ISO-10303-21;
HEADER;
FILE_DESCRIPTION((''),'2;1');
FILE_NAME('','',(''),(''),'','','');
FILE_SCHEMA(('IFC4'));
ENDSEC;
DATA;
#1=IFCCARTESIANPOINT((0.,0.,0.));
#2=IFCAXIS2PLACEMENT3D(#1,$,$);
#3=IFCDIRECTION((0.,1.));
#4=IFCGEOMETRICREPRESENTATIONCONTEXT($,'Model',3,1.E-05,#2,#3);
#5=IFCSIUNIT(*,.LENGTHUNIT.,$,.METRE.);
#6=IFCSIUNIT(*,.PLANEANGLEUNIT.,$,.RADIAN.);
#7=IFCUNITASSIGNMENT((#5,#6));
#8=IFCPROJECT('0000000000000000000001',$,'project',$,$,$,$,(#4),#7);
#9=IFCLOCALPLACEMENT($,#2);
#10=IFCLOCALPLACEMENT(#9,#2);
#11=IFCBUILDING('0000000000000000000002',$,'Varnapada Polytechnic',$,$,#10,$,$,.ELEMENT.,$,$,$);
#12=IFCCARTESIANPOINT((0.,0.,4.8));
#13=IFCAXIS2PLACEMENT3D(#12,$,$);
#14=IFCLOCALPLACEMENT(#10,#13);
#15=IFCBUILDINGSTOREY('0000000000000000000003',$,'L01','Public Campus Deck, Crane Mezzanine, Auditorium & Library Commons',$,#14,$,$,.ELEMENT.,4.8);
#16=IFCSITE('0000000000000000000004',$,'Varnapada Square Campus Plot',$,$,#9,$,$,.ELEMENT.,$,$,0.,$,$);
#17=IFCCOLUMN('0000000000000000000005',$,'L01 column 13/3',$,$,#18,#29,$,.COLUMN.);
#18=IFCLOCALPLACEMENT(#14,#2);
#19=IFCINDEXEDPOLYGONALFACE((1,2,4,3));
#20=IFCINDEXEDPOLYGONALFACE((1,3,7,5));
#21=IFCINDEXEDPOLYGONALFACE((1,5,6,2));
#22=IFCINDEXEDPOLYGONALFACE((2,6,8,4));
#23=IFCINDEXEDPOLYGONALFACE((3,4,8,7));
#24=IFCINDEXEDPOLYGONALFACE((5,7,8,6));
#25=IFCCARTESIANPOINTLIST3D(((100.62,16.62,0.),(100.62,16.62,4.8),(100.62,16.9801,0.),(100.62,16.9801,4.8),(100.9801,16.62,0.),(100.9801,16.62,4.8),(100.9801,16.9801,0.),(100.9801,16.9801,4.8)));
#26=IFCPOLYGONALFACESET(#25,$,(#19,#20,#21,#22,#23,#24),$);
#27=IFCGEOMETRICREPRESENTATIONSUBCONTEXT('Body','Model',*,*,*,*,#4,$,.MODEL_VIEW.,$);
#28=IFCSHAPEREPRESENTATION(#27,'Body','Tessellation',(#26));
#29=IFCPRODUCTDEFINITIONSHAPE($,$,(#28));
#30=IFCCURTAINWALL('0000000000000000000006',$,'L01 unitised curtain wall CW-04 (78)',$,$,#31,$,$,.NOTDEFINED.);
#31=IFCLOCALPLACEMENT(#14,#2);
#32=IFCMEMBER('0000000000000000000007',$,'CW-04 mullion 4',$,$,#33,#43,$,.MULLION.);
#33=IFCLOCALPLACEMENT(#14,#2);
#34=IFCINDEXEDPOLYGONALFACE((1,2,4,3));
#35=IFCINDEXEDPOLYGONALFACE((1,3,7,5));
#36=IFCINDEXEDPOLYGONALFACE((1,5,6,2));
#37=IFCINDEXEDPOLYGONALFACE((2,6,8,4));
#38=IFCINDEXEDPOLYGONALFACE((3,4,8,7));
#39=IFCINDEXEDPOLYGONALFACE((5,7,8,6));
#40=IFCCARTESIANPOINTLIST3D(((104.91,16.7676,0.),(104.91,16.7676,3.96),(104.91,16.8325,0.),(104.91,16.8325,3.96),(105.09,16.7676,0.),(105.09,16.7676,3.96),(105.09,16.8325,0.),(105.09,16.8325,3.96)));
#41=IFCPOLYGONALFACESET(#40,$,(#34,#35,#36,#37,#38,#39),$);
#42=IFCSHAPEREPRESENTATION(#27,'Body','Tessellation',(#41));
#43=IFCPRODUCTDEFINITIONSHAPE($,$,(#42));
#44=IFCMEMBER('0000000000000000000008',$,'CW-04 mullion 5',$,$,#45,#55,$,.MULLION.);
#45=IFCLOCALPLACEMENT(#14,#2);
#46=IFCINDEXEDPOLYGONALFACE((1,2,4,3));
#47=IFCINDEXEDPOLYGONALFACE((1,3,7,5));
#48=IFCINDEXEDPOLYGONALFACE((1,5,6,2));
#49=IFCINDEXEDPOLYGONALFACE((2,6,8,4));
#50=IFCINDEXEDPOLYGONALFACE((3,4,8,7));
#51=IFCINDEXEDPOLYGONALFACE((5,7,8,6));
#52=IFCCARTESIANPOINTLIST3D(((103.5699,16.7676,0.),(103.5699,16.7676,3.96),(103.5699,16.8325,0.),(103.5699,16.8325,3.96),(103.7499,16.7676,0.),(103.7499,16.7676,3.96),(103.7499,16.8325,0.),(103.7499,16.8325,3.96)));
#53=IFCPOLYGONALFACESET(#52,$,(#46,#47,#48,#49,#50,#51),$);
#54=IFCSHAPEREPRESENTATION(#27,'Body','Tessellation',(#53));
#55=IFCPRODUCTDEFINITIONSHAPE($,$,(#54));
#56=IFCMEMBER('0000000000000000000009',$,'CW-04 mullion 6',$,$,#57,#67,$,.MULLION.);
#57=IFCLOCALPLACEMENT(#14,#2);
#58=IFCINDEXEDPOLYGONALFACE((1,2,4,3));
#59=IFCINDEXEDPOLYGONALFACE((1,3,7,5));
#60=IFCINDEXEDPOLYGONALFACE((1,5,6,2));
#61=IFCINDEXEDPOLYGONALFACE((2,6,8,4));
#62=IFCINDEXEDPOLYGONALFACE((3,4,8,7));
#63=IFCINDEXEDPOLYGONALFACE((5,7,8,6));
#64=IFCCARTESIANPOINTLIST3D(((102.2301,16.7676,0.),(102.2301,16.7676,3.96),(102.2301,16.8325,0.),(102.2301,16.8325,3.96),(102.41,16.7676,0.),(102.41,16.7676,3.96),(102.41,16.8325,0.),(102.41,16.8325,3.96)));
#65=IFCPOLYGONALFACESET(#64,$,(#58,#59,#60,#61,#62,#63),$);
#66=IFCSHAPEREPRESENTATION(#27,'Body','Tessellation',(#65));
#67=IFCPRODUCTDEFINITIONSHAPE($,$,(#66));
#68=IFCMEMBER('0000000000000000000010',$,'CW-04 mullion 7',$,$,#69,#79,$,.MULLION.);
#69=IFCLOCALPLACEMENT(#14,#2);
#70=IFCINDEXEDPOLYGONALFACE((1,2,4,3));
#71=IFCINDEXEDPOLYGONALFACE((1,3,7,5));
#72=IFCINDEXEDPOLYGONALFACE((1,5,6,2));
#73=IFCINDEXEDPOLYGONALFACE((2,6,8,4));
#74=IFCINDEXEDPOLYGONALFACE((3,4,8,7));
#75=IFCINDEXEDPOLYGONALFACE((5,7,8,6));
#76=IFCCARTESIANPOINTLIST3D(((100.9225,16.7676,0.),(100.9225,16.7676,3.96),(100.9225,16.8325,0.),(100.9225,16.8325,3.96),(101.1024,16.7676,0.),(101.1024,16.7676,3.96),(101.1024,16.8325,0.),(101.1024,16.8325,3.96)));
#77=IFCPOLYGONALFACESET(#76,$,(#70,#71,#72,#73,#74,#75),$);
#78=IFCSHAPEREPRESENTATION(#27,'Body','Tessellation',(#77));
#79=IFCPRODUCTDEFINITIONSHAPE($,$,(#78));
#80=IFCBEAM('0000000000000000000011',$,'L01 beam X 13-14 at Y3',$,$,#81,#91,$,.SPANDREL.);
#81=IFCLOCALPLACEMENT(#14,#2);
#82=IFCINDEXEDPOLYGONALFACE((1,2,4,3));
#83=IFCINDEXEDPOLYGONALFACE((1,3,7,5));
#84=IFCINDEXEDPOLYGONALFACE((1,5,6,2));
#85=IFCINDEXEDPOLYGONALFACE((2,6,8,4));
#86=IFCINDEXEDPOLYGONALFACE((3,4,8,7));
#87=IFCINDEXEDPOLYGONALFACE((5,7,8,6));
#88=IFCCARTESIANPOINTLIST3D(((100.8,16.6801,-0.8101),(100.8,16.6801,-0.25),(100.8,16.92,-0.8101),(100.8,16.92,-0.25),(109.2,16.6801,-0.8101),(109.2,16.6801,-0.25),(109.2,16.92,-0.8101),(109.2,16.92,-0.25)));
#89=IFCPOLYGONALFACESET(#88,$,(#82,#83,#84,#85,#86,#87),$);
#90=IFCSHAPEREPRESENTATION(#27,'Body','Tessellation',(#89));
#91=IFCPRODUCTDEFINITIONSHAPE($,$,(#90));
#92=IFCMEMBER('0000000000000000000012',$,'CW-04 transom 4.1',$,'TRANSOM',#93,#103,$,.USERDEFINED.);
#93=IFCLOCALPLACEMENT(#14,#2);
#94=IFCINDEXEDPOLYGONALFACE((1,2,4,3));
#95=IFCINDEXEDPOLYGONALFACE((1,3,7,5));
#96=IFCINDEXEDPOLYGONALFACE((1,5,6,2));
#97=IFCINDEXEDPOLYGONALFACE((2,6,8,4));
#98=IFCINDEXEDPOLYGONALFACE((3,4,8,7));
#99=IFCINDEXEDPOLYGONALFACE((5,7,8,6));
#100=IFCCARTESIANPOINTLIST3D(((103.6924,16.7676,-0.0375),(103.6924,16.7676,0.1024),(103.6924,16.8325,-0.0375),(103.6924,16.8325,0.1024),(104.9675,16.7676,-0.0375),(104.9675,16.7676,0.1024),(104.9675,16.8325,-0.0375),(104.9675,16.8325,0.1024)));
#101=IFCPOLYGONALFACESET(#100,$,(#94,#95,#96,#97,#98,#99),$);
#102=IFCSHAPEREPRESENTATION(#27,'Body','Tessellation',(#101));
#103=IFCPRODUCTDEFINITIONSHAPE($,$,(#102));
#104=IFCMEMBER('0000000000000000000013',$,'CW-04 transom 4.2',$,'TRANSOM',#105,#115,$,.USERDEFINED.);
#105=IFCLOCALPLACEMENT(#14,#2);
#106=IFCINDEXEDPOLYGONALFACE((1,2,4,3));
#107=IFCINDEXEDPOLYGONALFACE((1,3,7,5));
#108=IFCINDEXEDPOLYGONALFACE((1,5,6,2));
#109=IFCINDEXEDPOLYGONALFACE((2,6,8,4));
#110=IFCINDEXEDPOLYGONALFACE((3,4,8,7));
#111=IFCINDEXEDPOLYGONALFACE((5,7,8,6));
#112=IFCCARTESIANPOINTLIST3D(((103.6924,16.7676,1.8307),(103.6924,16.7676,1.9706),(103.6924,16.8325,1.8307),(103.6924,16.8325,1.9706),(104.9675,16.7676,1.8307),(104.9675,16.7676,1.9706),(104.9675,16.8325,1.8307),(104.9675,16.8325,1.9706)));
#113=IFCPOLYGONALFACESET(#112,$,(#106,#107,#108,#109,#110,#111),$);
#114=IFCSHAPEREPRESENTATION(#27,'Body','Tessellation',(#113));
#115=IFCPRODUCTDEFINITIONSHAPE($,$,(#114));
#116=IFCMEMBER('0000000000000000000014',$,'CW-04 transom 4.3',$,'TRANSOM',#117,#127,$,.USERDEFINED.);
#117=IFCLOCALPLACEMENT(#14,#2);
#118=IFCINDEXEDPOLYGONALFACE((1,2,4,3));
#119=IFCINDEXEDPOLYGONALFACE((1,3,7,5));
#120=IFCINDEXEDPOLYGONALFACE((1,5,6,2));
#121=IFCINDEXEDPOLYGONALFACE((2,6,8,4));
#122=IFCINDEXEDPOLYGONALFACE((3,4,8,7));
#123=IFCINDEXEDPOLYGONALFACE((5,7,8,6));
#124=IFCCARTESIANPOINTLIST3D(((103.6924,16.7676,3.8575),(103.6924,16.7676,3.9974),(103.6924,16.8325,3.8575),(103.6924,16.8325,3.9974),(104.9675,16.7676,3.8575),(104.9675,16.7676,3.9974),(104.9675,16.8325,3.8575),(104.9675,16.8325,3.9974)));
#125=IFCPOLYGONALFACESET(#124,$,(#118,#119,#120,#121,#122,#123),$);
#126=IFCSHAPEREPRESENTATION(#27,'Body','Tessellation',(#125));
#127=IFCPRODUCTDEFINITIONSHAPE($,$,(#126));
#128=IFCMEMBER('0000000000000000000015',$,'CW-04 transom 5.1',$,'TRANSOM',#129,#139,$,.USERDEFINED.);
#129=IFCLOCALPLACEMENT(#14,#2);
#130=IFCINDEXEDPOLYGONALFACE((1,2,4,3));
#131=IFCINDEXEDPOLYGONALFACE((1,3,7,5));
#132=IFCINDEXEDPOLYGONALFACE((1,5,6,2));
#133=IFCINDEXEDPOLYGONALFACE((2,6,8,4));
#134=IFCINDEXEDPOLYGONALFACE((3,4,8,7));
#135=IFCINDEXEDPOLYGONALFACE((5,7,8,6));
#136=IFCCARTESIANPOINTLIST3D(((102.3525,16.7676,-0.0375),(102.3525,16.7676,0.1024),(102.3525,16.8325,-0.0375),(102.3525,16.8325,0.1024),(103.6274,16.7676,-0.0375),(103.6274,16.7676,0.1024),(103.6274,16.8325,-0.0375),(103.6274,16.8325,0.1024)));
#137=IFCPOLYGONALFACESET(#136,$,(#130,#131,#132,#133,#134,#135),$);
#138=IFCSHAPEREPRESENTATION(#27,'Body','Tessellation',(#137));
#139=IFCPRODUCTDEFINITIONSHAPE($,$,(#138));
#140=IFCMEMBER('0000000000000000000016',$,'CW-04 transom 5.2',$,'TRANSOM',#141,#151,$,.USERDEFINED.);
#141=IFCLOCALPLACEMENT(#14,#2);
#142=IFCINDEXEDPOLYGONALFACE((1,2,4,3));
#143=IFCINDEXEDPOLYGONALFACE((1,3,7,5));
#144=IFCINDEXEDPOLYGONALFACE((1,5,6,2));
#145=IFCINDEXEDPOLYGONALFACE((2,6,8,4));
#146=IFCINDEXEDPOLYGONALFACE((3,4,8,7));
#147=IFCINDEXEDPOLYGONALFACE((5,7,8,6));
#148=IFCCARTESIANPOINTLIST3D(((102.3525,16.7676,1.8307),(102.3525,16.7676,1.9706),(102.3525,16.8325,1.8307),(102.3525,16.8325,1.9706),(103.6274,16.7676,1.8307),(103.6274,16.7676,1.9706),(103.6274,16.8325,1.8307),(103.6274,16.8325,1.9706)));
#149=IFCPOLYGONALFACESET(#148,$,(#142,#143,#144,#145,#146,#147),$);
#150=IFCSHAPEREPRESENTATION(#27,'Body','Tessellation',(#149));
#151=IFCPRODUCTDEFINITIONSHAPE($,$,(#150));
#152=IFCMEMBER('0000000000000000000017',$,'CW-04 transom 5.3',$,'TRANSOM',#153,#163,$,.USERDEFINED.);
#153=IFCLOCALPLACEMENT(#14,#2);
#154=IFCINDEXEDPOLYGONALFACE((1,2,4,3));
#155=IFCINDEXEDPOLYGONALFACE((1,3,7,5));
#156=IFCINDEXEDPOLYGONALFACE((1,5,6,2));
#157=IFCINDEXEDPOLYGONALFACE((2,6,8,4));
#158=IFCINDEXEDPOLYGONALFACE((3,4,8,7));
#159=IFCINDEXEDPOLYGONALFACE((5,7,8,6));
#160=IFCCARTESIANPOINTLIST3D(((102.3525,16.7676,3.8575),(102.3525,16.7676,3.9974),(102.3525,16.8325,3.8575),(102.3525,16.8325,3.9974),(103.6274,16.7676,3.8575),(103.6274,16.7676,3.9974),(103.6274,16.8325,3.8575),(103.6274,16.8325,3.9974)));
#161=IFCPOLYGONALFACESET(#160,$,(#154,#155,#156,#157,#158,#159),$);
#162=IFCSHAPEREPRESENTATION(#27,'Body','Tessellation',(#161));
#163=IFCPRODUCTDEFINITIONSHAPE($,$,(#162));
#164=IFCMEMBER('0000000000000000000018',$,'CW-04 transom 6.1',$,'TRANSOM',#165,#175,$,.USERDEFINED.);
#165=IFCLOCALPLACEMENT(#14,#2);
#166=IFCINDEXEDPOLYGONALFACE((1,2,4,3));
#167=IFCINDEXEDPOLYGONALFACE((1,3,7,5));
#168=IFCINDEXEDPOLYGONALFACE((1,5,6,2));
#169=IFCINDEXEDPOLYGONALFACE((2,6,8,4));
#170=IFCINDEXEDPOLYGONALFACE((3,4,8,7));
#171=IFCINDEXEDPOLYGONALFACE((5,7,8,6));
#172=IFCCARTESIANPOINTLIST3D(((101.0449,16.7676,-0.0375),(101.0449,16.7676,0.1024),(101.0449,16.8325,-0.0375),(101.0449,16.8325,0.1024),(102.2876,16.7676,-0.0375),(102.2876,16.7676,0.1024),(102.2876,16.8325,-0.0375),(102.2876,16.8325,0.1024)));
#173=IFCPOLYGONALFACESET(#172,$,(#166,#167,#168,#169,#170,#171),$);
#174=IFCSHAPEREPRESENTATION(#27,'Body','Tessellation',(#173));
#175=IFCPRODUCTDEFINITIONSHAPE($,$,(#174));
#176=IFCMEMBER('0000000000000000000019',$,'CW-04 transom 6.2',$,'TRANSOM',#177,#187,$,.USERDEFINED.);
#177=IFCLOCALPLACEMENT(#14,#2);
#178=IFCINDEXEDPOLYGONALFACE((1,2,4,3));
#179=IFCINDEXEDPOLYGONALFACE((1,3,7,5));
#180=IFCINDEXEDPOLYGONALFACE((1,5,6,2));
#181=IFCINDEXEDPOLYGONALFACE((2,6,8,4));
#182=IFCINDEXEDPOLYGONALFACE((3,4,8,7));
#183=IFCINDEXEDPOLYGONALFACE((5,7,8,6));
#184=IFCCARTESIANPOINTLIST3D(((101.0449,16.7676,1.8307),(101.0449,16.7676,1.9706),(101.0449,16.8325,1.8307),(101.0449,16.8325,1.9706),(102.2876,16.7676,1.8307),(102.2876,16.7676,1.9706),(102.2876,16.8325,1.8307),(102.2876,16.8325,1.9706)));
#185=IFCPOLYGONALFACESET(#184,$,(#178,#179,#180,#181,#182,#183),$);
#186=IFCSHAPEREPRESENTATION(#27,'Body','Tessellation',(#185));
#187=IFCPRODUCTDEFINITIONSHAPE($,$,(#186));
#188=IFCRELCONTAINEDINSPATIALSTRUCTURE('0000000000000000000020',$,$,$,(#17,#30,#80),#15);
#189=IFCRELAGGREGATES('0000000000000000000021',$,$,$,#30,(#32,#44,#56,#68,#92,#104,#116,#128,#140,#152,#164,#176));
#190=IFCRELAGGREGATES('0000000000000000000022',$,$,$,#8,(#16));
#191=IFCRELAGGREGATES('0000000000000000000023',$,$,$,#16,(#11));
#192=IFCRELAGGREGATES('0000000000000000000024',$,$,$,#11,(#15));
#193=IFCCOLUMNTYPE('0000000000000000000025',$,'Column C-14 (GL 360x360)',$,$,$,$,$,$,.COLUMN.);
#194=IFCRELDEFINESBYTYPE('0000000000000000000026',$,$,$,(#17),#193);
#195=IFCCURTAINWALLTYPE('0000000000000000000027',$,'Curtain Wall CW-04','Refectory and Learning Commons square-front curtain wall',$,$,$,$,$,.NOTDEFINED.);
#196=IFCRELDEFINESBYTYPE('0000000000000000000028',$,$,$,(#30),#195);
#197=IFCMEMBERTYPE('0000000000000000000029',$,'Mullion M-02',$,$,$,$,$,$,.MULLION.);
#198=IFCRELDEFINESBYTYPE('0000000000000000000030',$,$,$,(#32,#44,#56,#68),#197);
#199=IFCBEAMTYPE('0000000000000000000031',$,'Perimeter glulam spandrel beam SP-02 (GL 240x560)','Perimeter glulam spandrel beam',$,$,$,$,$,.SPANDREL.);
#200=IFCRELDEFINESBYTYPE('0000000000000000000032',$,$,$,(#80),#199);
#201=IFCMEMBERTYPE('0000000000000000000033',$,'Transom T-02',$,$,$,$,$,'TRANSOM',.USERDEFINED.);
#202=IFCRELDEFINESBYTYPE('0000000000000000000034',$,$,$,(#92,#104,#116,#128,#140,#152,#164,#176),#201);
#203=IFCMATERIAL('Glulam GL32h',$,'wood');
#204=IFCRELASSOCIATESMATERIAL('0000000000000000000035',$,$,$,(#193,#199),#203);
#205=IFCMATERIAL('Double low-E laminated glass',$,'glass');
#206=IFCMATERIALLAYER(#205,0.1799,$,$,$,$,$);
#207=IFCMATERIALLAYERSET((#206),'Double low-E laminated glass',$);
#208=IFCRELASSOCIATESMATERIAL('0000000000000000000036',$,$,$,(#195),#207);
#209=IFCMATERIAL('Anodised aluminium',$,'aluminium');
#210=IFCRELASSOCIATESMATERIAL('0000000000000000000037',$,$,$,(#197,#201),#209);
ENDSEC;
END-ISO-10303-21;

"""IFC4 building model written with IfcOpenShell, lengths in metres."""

from ifc_helpers import new_model, si_unit, direction, frame, origin, origin_2d, place, context, subcontext, project, spatial, rectangle, extrude, material, layer, layer_set, material_profile, profile_set, type_object, element, aggregate, save


model = new_model("IFC4")

# Units and contexts
model_context = context("Model", 3, precision=1e-05, world=origin(), true_north=direction((0.0, 1.0)))
body_context = subcontext(model_context, "Body", "Model", "MODEL_VIEW")
ifc_project = project(units=[si_unit("LENGTHUNIT", "METRE"), si_unit("PLANEANGLEUNIT", "RADIAN")], contexts=[model_context])

# Site, building, storey
site_placement = place(None, origin())
site = spatial("IfcSite", under=ifc_project, at=site_placement, Name="Varnapada Square Campus Plot", CompositionType="ELEMENT", RefElevation=0.0)
building_placement = place(site_placement, origin())
building = spatial("IfcBuilding", under=site, at=building_placement, Name="Varnapada Polytechnic", CompositionType="ELEMENT")
storey_placement = place(building_placement, frame((0.0, 0.0, 4.8)))
storey = spatial("IfcBuildingStorey", under=building, at=storey_placement, Name="L01", Description="Public Campus Deck, Crane Mezzanine, Auditorium & Library Commons", CompositionType="ELEMENT", Elevation=4.8)

# Column
ifc_material_1 = material(Name="Glulam GL32h", Category="wood")
ifc_material_profile_1 = material_profile(ifc_material_1, rectangle(XDim=0.3601, YDim=0.3601, at=origin_2d()), Name="GL 360x360")
ifc_profile_set_1 = profile_set([ifc_material_profile_1], Name="Glulam GL32h")
column_type = type_object("IfcColumnType", Name="Column C-14 (GL 360x360)", PredefinedType="COLUMN", material=ifc_profile_set_1)
column_placement = place(storey_placement, frame((100.8, 16.8, 0.0), z_axis=(0.0, 0.0, 1.0), x_axis=(1.0, 0.0, 0.0)))
element("IfcColumn", 1, at=column_placement, inside=storey, type_object=column_type, Name="L01 column 13/3", PredefinedType="COLUMN", context=body_context, shape_type="SweptSolid", body=[
    extrude(rectangle(XDim=0.3601, YDim=0.3601, at=origin_2d()), origin(), (0.0, 0.0, 1.0), 4.8),
])

# Curtain wall, members
ifc_material_2 = material(Name="Double low-E laminated glass", Category="glass")
ifc_layer_1 = layer(ifc_material_2, 0.1799)
ifc_layer_set_1 = layer_set([ifc_layer_1], Name="Double low-E laminated glass")
curtain_wall_type = type_object("IfcCurtainWallType", Name="Curtain Wall CW-04", Description="Refectory and Learning Commons square-front curtain wall", PredefinedType="NOTDEFINED", material=ifc_layer_set_1)
curtain_wall_placement = place(storey_placement, origin())
curtain_wall = element("IfcCurtainWall", 2, at=curtain_wall_placement, inside=storey, type_object=curtain_wall_type, Name="L01 unitised curtain wall CW-04 (78)", PredefinedType="NOTDEFINED")
ifc_material_3 = material(Name="Anodised aluminium", Category="aluminium")
ifc_material_profile_2 = material_profile(ifc_material_3, rectangle(XDim=0.0649, YDim=0.1799, at=origin_2d()), Name="ALU M65x180")
ifc_profile_set_2 = profile_set([ifc_material_profile_2], Name="Anodised aluminium")
member_type_1 = type_object("IfcMemberType", Name="Mullion M-02", PredefinedType="MULLION", material=ifc_profile_set_2)
member_1_placement = place(storey_placement, frame((105.0, 16.8, 0.0), z_axis=(0.0, 0.0, 1.0), x_axis=(0.0, -1.0, 0.0)))
member_1 = element("IfcMember", 3, at=member_1_placement, type_object=member_type_1, Name="CW-04 mullion 4", PredefinedType="MULLION", context=body_context, shape_type="SweptSolid", body=[
    extrude(rectangle(XDim=0.0649, YDim=0.1799, at=origin_2d()), origin(), (0.0, 0.0, 1.0), 3.96),
])
member_2_placement = place(storey_placement, frame((103.6599, 16.8, 0.0), z_axis=(0.0, 0.0, 1.0), x_axis=(0.0, -1.0, 0.0)))
member_2 = element("IfcMember", 4, at=member_2_placement, type_object=member_type_1, Name="CW-04 mullion 5", PredefinedType="MULLION", context=body_context, shape_type="SweptSolid", body=[
    extrude(rectangle(XDim=0.0649, YDim=0.1799, at=origin_2d()), origin(), (0.0, 0.0, 1.0), 3.96),
])
member_3_placement = place(storey_placement, frame((102.3201, 16.8, 0.0), z_axis=(0.0, 0.0, 1.0), x_axis=(0.0, -1.0, 0.0)))
member_3 = element("IfcMember", 5, at=member_3_placement, type_object=member_type_1, Name="CW-04 mullion 6", PredefinedType="MULLION", context=body_context, shape_type="SweptSolid", body=[
    extrude(rectangle(XDim=0.0649, YDim=0.1799, at=origin_2d()), origin(), (0.0, 0.0, 1.0), 3.96),
])
member_4_placement = place(storey_placement, frame((101.0125, 16.8, 0.0), z_axis=(0.0, 0.0, 1.0), x_axis=(0.0, -1.0, 0.0)))
member_4 = element("IfcMember", 6, at=member_4_placement, type_object=member_type_1, Name="CW-04 mullion 7", PredefinedType="MULLION", context=body_context, shape_type="SweptSolid", body=[
    extrude(rectangle(XDim=0.0649, YDim=0.1799, at=origin_2d()), origin(), (0.0, 0.0, 1.0), 3.96),
])

# Beam
ifc_material_profile_3 = material_profile(ifc_material_1, rectangle(XDim=0.24, YDim=0.5601, at=origin_2d()), Name="GL 240x560")
ifc_profile_set_3 = profile_set([ifc_material_profile_3], Name="Glulam GL32h")
beam_type_1 = type_object("IfcBeamType", Name="Perimeter glulam spandrel beam SP-02 (GL 240x560)", Description="Perimeter glulam spandrel beam", PredefinedType="SPANDREL", material=ifc_profile_set_3)
beam_1_placement = place(storey_placement, frame((100.8, 16.8, -0.53), z_axis=(1.0, 0.0, 0.0), x_axis=(0.0, 1.0, 0.0)))
element("IfcBeam", 7, at=beam_1_placement, inside=storey, type_object=beam_type_1, Name="L01 beam X 13-14 at Y3", PredefinedType="SPANDREL", context=body_context, shape_type="SweptSolid", body=[
    extrude(rectangle(XDim=0.24, YDim=0.5601, at=origin_2d()), origin(), (0.0, 0.0, 1.0), 8.3999),
])

# Members
ifc_material_profile_4 = material_profile(ifc_material_3, rectangle(XDim=0.0649, YDim=0.1399, at=origin_2d()), Name="ALU T65x140")
ifc_profile_set_4 = profile_set([ifc_material_profile_4], Name="Anodised aluminium")
member_type_2 = type_object("IfcMemberType", Name="Transom T-02", ElementType="TRANSOM", PredefinedType="USERDEFINED", material=ifc_profile_set_4)
member_5_placement = place(storey_placement, frame((104.9675, 16.8, 0.0325), z_axis=(-1.0, 0.0, 0.0), x_axis=(0.0, -1.0, 0.0)))
member_5 = element("IfcMember", 8, at=member_5_placement, type_object=member_type_2, Name="CW-04 transom 4.1", ObjectType="TRANSOM", PredefinedType="USERDEFINED", context=body_context, shape_type="SweptSolid", body=[
    extrude(rectangle(XDim=0.0649, YDim=0.1399, at=origin_2d()), origin(), (0.0, 0.0, 1.0), 1.2751),
])
member_6_placement = place(storey_placement, frame((104.9675, 16.8, 1.9006), z_axis=(-1.0, 0.0, 0.0), x_axis=(0.0, -1.0, 0.0)))
member_6 = element("IfcMember", 9, at=member_6_placement, type_object=member_type_2, Name="CW-04 transom 4.2", ObjectType="TRANSOM", PredefinedType="USERDEFINED", context=body_context, shape_type="SweptSolid", body=[
    extrude(rectangle(XDim=0.0649, YDim=0.1399, at=origin_2d()), origin(), (0.0, 0.0, 1.0), 1.2751),
])
member_7_placement = place(storey_placement, frame((104.9675, 16.8, 3.9275), z_axis=(-1.0, 0.0, 0.0), x_axis=(0.0, -1.0, 0.0)))
member_7 = element("IfcMember", 10, at=member_7_placement, type_object=member_type_2, Name="CW-04 transom 4.3", ObjectType="TRANSOM", PredefinedType="USERDEFINED", context=body_context, shape_type="SweptSolid", body=[
    extrude(rectangle(XDim=0.0649, YDim=0.1399, at=origin_2d()), origin(), (0.0, 0.0, 1.0), 1.2751),
])
member_8_placement = place(storey_placement, frame((103.6274, 16.8, 0.0325), z_axis=(-1.0, 0.0, 0.0), x_axis=(0.0, -1.0, 0.0)))
member_8 = element("IfcMember", 11, at=member_8_placement, type_object=member_type_2, Name="CW-04 transom 5.1", ObjectType="TRANSOM", PredefinedType="USERDEFINED", context=body_context, shape_type="SweptSolid", body=[
    extrude(rectangle(XDim=0.0649, YDim=0.1399, at=origin_2d()), origin(), (0.0, 0.0, 1.0), 1.2749),
])
member_9_placement = place(storey_placement, frame((103.6274, 16.8, 1.9006), z_axis=(-1.0, 0.0, 0.0), x_axis=(0.0, -1.0, 0.0)))
member_9 = element("IfcMember", 12, at=member_9_placement, type_object=member_type_2, Name="CW-04 transom 5.2", ObjectType="TRANSOM", PredefinedType="USERDEFINED", context=body_context, shape_type="SweptSolid", body=[
    extrude(rectangle(XDim=0.0649, YDim=0.1399, at=origin_2d()), origin(), (0.0, 0.0, 1.0), 1.2749),
])
member_10_placement = place(storey_placement, frame((103.6274, 16.8, 3.9275), z_axis=(-1.0, 0.0, 0.0), x_axis=(0.0, -1.0, 0.0)))
member_10 = element("IfcMember", 13, at=member_10_placement, type_object=member_type_2, Name="CW-04 transom 5.3", ObjectType="TRANSOM", PredefinedType="USERDEFINED", context=body_context, shape_type="SweptSolid", body=[
    extrude(rectangle(XDim=0.0649, YDim=0.1399, at=origin_2d()), origin(), (0.0, 0.0, 1.0), 1.2749),
])
member_11_placement = place(storey_placement, frame((102.2876, 16.8, 0.0325), z_axis=(-1.0, 0.0, 0.0), x_axis=(0.0, -1.0, 0.0)))
member_11 = element("IfcMember", 14, at=member_11_placement, type_object=member_type_2, Name="CW-04 transom 6.1", ObjectType="TRANSOM", PredefinedType="USERDEFINED", context=body_context, shape_type="SweptSolid", body=[
    extrude(rectangle(XDim=0.0649, YDim=0.1399, at=origin_2d()), origin(), (0.0, 0.0, 1.0), 1.2427),
])
member_12_placement = place(storey_placement, frame((102.2876, 16.8, 1.9006), z_axis=(-1.0, 0.0, 0.0), x_axis=(0.0, -1.0, 0.0)))
member_12 = element("IfcMember", 15, at=member_12_placement, type_object=member_type_2, Name="CW-04 transom 6.2", ObjectType="TRANSOM", PredefinedType="USERDEFINED", context=body_context, shape_type="SweptSolid", body=[
    extrude(rectangle(XDim=0.0649, YDim=0.1399, at=origin_2d()), origin(), (0.0, 0.0, 1.0), 1.2427),
])

aggregate(curtain_wall, [member_1, member_2, member_3, member_4, member_5, member_6, member_7, member_8, member_9, member_10, member_11, member_12])

save(model, "model.ifc")
